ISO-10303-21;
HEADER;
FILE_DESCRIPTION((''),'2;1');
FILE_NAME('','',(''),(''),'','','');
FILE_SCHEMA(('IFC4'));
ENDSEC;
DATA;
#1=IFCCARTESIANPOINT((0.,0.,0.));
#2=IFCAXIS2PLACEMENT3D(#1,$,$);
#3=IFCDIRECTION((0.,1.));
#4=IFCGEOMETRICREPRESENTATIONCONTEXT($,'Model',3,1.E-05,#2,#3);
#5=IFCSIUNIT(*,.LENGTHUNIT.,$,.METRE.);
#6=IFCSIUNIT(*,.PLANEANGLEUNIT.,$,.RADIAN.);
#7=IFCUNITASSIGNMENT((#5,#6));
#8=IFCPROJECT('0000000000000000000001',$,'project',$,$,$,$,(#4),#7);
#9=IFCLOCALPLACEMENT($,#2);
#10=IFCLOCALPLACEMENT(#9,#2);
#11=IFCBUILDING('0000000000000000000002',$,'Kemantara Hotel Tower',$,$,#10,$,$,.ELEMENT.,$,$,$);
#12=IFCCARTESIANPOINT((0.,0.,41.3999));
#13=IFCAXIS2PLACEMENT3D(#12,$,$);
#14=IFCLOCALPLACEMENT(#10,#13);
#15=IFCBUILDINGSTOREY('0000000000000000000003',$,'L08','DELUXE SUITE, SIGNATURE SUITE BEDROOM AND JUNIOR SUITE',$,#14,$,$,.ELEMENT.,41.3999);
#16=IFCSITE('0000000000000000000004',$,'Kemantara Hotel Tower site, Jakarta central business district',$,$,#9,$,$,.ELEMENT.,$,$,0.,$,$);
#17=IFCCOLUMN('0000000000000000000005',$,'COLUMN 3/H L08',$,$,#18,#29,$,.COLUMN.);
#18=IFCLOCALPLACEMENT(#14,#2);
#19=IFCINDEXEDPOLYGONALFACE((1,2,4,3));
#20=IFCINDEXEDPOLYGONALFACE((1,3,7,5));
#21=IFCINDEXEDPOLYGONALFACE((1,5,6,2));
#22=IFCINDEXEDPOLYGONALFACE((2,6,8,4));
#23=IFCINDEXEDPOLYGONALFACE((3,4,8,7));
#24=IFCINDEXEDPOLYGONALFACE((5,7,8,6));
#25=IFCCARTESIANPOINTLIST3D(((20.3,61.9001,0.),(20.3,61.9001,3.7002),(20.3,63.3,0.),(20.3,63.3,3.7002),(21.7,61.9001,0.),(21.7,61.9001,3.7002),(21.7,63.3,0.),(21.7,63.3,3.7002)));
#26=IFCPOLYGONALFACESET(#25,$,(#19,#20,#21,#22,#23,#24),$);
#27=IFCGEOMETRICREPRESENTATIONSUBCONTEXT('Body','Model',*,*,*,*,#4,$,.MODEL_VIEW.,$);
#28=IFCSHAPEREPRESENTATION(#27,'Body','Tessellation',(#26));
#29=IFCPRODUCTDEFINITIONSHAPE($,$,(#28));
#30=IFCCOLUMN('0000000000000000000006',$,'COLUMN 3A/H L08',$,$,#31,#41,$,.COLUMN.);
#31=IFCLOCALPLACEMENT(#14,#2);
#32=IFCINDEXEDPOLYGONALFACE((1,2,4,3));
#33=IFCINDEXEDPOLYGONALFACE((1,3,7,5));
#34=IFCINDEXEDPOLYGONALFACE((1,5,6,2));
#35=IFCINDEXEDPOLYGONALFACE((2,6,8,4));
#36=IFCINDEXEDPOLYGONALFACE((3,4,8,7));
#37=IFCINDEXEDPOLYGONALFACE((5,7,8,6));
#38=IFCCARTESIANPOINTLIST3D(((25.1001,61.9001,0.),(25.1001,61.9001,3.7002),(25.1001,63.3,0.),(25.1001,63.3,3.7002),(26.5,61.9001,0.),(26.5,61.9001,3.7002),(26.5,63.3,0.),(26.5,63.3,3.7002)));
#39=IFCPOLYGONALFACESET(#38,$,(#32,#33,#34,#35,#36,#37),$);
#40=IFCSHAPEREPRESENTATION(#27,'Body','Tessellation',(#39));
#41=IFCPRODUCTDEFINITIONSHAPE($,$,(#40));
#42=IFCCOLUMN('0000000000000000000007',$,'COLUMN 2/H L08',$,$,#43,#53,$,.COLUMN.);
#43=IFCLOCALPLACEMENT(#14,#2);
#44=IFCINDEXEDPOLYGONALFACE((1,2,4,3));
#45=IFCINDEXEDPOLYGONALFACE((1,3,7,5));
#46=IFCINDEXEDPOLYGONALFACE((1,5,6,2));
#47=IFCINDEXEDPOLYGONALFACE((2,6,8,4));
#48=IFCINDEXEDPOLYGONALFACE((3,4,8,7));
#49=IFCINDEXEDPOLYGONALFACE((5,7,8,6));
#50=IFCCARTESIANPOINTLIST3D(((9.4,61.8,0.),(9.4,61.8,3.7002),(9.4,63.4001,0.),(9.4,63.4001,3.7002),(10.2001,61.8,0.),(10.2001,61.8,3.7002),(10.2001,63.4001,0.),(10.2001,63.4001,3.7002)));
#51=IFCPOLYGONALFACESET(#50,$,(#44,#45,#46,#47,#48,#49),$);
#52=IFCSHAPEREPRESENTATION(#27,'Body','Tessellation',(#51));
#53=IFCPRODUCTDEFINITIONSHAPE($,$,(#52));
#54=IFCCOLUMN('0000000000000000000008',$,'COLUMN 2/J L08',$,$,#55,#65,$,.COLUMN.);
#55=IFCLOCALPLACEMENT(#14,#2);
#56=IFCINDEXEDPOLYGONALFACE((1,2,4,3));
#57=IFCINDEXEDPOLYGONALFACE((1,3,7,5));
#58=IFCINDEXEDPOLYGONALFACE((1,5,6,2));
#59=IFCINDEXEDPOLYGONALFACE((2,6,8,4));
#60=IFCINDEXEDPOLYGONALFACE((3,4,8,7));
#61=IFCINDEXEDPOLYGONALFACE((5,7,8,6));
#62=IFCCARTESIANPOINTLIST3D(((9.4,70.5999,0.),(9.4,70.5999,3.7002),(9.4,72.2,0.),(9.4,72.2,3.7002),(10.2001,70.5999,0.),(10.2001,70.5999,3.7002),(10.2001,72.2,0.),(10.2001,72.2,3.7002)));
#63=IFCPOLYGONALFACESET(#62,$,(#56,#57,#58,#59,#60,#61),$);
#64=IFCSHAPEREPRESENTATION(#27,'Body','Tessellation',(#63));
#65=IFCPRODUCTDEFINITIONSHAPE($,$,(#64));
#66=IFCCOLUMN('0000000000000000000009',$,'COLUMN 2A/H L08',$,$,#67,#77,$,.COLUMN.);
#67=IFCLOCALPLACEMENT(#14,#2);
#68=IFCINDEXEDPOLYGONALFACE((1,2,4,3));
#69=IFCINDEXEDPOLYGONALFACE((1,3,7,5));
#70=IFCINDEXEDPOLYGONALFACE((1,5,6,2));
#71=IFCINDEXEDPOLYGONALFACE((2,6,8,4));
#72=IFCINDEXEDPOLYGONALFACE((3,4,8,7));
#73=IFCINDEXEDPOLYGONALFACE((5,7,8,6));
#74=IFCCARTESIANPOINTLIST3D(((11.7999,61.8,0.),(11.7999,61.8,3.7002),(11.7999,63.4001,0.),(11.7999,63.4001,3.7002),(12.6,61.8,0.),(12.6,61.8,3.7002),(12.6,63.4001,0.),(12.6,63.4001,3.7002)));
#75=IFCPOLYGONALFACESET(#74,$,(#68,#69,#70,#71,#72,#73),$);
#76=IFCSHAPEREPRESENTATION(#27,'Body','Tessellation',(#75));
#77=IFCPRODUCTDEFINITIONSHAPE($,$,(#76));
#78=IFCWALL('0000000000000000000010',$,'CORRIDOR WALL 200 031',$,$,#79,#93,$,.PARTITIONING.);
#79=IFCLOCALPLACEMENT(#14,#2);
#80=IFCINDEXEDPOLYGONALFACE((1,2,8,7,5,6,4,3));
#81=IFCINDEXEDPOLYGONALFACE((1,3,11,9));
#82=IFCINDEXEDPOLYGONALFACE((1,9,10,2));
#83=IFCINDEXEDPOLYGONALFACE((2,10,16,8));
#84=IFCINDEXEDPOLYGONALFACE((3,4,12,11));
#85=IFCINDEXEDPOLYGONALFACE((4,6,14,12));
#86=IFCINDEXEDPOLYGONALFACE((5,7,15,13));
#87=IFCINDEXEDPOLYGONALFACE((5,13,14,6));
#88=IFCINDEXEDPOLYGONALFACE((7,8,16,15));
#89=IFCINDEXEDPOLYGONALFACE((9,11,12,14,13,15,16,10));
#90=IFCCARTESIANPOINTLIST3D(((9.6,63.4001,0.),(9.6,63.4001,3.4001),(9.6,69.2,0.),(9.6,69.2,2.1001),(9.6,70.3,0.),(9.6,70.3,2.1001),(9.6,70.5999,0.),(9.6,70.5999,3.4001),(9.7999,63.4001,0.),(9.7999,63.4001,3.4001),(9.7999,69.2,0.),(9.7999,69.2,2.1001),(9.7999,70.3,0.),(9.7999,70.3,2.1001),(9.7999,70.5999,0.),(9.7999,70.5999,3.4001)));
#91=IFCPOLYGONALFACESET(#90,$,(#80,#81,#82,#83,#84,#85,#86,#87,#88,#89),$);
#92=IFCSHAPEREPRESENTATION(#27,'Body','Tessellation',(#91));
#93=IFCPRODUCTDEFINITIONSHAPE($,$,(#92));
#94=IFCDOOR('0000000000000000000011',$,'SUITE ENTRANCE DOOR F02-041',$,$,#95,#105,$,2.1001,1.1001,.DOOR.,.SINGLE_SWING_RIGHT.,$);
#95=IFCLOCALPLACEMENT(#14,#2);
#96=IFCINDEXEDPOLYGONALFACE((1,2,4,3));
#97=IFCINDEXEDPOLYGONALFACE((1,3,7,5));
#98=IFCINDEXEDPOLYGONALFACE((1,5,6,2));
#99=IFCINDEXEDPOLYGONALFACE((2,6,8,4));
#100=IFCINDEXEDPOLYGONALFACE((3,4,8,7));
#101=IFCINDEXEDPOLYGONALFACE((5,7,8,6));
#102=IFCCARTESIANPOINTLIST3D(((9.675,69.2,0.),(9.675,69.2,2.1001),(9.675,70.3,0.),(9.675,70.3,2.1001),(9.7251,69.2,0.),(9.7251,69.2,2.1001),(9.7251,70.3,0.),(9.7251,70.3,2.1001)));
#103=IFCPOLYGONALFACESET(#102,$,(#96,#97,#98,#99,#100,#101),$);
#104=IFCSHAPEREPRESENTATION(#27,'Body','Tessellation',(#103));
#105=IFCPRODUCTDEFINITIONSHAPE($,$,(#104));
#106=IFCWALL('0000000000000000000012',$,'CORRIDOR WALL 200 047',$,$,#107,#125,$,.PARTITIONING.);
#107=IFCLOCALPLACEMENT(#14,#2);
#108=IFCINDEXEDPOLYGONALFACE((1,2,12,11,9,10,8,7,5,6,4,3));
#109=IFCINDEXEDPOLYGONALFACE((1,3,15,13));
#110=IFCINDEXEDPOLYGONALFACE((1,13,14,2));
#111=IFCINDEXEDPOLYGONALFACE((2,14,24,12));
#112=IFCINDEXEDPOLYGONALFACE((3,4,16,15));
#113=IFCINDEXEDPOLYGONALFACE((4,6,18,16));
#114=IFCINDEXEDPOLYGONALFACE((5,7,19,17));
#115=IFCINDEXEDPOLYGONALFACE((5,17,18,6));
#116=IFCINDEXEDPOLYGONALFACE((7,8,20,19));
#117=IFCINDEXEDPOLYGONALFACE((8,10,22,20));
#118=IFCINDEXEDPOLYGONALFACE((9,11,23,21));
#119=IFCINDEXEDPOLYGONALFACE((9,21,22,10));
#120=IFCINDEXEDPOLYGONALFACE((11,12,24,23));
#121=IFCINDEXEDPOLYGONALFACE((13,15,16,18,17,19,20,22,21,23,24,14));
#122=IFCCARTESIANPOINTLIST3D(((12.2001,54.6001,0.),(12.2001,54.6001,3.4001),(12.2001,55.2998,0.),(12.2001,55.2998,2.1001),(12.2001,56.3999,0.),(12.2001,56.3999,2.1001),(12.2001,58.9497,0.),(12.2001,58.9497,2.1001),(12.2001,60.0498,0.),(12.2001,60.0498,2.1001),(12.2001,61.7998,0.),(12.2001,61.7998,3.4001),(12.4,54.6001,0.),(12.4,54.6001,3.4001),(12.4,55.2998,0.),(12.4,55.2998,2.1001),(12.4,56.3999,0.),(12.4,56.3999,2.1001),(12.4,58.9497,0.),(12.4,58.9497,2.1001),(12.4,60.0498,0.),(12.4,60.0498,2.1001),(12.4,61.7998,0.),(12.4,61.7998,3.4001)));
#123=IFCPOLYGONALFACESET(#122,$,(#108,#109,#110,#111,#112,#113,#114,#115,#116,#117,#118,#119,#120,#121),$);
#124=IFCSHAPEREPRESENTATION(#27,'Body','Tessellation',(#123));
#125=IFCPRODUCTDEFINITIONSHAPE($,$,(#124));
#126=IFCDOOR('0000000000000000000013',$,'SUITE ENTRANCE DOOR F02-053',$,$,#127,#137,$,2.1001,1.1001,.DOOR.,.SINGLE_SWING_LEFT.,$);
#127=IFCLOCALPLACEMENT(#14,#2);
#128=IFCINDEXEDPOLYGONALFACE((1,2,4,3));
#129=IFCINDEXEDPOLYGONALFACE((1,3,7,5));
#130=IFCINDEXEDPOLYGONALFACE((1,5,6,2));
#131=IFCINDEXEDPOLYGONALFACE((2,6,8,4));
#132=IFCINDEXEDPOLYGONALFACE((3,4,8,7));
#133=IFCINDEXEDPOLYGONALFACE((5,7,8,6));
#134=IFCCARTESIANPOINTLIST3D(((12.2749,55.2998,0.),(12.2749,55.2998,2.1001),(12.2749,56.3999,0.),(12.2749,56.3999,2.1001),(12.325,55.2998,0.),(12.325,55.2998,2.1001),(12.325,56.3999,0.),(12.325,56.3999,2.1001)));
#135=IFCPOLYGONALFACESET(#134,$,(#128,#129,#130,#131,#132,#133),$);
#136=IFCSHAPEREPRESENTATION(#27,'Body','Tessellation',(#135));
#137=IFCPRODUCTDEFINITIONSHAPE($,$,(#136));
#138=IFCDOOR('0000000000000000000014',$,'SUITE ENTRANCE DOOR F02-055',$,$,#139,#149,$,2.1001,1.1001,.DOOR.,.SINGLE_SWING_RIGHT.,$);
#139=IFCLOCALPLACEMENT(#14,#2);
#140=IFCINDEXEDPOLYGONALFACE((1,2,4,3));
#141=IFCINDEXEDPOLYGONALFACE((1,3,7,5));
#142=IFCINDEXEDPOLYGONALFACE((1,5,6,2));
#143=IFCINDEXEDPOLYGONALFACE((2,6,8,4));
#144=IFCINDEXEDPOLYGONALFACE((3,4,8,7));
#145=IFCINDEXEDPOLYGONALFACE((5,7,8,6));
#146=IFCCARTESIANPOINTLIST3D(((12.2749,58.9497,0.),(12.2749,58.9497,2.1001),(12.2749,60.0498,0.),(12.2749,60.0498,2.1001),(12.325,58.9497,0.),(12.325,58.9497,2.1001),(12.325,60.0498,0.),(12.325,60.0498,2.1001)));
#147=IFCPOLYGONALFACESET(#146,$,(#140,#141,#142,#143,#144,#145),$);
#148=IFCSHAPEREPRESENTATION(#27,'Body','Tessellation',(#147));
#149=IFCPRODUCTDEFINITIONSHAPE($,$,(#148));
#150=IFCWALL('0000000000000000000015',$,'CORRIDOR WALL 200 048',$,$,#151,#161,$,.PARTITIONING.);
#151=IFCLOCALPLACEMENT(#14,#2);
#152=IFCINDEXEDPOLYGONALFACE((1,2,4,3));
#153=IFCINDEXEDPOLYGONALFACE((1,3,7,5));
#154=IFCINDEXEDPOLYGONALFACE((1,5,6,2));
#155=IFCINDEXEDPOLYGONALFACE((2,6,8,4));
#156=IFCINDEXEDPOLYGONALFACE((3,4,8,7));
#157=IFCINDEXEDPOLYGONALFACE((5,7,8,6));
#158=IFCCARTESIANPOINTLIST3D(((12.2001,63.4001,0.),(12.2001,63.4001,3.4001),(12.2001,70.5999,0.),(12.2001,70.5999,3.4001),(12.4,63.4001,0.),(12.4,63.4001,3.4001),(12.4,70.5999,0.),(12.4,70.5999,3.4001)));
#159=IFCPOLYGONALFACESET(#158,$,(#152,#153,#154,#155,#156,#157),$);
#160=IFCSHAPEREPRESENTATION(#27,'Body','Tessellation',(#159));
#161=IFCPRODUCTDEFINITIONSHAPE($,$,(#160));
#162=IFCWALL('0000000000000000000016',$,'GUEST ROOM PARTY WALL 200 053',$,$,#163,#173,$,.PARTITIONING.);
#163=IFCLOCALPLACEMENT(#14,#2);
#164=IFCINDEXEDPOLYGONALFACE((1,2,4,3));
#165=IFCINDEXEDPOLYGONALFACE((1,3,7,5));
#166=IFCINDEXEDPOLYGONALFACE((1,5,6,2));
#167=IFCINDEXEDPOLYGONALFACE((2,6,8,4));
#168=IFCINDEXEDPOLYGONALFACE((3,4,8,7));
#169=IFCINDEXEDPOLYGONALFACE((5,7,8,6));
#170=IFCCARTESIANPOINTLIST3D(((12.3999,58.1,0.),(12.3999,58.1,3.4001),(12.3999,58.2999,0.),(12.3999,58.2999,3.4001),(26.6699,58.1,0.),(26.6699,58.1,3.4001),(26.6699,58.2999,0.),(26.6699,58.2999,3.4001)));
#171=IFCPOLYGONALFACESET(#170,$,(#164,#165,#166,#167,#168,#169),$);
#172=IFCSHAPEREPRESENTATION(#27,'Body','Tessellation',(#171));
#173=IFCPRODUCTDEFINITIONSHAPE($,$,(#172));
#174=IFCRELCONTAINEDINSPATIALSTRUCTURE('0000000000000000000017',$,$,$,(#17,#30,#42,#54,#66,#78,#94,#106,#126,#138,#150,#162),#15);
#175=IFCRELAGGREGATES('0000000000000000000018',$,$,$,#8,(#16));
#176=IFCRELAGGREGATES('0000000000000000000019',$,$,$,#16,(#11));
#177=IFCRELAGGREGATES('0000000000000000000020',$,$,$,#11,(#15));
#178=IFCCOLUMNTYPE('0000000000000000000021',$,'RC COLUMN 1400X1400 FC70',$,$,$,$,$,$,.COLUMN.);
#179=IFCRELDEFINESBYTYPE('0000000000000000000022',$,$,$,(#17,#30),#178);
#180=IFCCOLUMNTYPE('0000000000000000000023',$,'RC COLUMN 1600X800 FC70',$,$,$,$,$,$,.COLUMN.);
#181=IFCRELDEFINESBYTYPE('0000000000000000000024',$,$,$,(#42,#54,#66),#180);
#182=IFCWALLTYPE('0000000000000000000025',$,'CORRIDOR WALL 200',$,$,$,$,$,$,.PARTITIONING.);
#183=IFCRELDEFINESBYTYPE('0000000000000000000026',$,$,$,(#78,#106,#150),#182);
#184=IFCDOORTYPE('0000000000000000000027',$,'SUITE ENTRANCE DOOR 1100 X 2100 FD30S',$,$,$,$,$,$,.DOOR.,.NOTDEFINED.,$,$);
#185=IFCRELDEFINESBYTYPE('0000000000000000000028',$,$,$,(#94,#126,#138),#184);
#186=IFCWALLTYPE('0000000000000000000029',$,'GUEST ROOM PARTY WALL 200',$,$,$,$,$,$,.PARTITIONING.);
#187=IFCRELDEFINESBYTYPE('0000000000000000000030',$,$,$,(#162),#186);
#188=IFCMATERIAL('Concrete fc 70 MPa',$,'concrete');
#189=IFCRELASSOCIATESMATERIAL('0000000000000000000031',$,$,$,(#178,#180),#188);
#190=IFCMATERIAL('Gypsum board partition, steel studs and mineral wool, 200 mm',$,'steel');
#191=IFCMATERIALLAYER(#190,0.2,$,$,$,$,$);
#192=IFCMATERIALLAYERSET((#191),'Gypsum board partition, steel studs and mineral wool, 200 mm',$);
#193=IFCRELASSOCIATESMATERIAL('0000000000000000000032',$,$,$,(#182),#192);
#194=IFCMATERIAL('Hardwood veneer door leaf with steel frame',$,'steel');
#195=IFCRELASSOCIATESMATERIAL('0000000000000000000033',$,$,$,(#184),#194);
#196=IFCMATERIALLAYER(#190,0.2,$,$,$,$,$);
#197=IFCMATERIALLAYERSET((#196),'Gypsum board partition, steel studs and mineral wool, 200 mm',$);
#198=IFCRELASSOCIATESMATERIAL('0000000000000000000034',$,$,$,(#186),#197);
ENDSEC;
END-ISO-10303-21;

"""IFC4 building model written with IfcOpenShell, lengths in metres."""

from ifc_helpers import new_model, si_unit, direction, frame, frame_2d, origin, origin_2d, place, context, subcontext, project, spatial, rectangle, extrude, material, layer, layer_set, material_profile, profile_set, type_object, element, fill, save


model = new_model("IFC4")

# Units and contexts
model_context = context("Model", 3, precision=1e-05, world=origin(), true_north=direction((0.0, 1.0)))
body_context = subcontext(model_context, "Body", "Model", "MODEL_VIEW")
ifc_project = project(units=[si_unit("LENGTHUNIT", "METRE"), si_unit("PLANEANGLEUNIT", "RADIAN")], contexts=[model_context])

# Site, building, storey
site_placement = place(None, origin())
site = spatial("IfcSite", under=ifc_project, at=site_placement, Name="Kemantara Hotel Tower site, Jakarta central business district", CompositionType="ELEMENT", RefElevation=0.0)
building_placement = place(site_placement, origin())
building = spatial("IfcBuilding", under=site, at=building_placement, Name="Kemantara Hotel Tower", CompositionType="ELEMENT")
storey_placement = place(building_placement, frame((0.0, 0.0, 41.3999)))
storey = spatial("IfcBuildingStorey", under=building, at=storey_placement, Name="L08", Description="DELUXE SUITE, SIGNATURE SUITE BEDROOM AND JUNIOR SUITE", CompositionType="ELEMENT", Elevation=41.3999)

# Columns
ifc_material_1 = material(Name="Concrete fc 70 MPa", Category="concrete")
ifc_material_profile_1 = material_profile(ifc_material_1, rectangle(XDim=1.3999, YDim=1.3999, at=origin_2d()), Name="RC 1400X1400")
ifc_profile_set_1 = profile_set([ifc_material_profile_1], Name="Concrete fc 70 MPa")
column_type_1 = type_object("IfcColumnType", Name="RC COLUMN 1400X1400 FC70", PredefinedType="COLUMN", material=ifc_profile_set_1)
for number, where, z_axis, x_axis, name in (
    (1, (21.0, 62.6001, 0.0), (0.0, 0.0, 1.0), (1.0, 0.0, 0.0), "COLUMN 3/H L08"),
    (2, (25.8, 62.6001, 0.0), (0.0, 0.0, 1.0), (1.0, 0.0, 0.0), "COLUMN 3A/H L08"),
):
    element("IfcColumn", number, at=place(storey_placement, frame(where, z_axis=z_axis, x_axis=x_axis)), inside=storey, type_object=column_type_1, Name=name, PredefinedType="COLUMN", context=body_context, shape_type="SweptSolid", body=[
        extrude(rectangle(XDim=1.3999, YDim=1.3999, at=origin_2d()), origin(), (0.0, 0.0, 1.0), 3.7002),
    ])
ifc_material_profile_2 = material_profile(ifc_material_1, rectangle(XDim=1.6001, YDim=0.8, at=origin_2d()), Name="RC 1600X800")
ifc_profile_set_2 = profile_set([ifc_material_profile_2], Name="Concrete fc 70 MPa")
column_type_2 = type_object("IfcColumnType", Name="RC COLUMN 1600X800 FC70", PredefinedType="COLUMN", material=ifc_profile_set_2)
for number, where, z_axis, x_axis, name in (
    (3, (9.8, 62.6001, 0.0), (0.0, 0.0, 1.0), (0.0, 1.0, 0.0), "COLUMN 2/H L08"),
    (4, (9.8, 71.3999, 0.0), (0.0, 0.0, 1.0), (0.0, 1.0, 0.0), "COLUMN 2/J L08"),
    (5, (12.2, 62.6001, 0.0), (0.0, 0.0, 1.0), (0.0, 1.0, 0.0), "COLUMN 2A/H L08"),
):
    element("IfcColumn", number, at=place(storey_placement, frame(where, z_axis=z_axis, x_axis=x_axis)), inside=storey, type_object=column_type_2, Name=name, PredefinedType="COLUMN", context=body_context, shape_type="SweptSolid", body=[
        extrude(rectangle(XDim=1.6001, YDim=0.8, at=origin_2d()), origin(), (0.0, 0.0, 1.0), 3.7002),
    ])

# Wall, opening, door
ifc_material_2 = material(Name="Gypsum board partition, steel studs and mineral wool, 200 mm", Category="steel")
ifc_layer_1 = layer(ifc_material_2, 0.2)
ifc_layer_set_1 = layer_set([ifc_layer_1], Name="Gypsum board partition, steel studs and mineral wool, 200 mm")
wall_type_1 = type_object("IfcWallType", Name="CORRIDOR WALL 200", PredefinedType="PARTITIONING", material=ifc_layer_set_1)
wall_1_placement = place(storey_placement, frame((9.7, 63.4001, 0.0), z_axis=(0.0, 0.0, 1.0), x_axis=(0.0, 1.0, 0.0)))
wall_1 = element("IfcWall", 6, at=wall_1_placement, inside=storey, type_object=wall_type_1, Name="CORRIDOR WALL 200 031", PredefinedType="PARTITIONING", context=body_context, shape_type="SweptSolid", body=[
    extrude(rectangle(XDim=7.1997, YDim=0.2, at=frame_2d((3.5999, 0.0))), origin(), (0.0, 0.0, 1.0), 3.4001),
])
opening_1_placement = place(wall_1_placement, frame((5.7998, 0.0, 0.0)))
opening_1 = element("IfcOpeningElement", 7, at=opening_1_placement, cuts=wall_1, PredefinedType="OPENING", context=body_context, shape_type="SweptSolid", body=[
    extrude(rectangle(XDim=1.1001, YDim=2.1001, at=frame_2d((0.55, 1.05))), frame((0.0, 0.1099, 0.0), z_axis=(0.0, -1.0, 0.0), x_axis=(1.0, 0.0, 0.0)), (0.0, 0.0, 1.0), 0.22),
])
ifc_material_3 = material(Name="Hardwood veneer door leaf with steel frame", Category="steel")
door_type_1 = type_object("IfcDoorType", Name="SUITE ENTRANCE DOOR 1100 X 2100 FD30S", OperationType="NOTDEFINED", PredefinedType="DOOR", material=ifc_material_3)
door_1_placement = place(opening_1_placement, origin())
door_1 = element("IfcDoor", 8, at=door_1_placement, inside=storey, type_object=door_type_1, Name="SUITE ENTRANCE DOOR F02-041", OperationType="SINGLE_SWING_RIGHT", OverallHeight=2.1001, OverallWidth=1.1001, PredefinedType="DOOR", context=body_context, shape_type="SweptSolid", body=[
    extrude(rectangle(XDim=1.1001, YDim=2.1001, at=frame_2d((0.55, 1.05))), frame((0.0, 0.0249, 0.0), z_axis=(0.0, -1.0, 0.0), x_axis=(1.0, 0.0, 0.0)), (0.0, 0.0, 1.0), 0.05),
])
fill(opening_1, door_1)

# Wall, openings, doors
wall_2_placement = place(storey_placement, frame((12.3, 61.7998, 0.0), z_axis=(0.0, 0.0, 1.0), x_axis=(0.0, -1.0, 0.0)))
wall_2 = element("IfcWall", 9, at=wall_2_placement, inside=storey, type_object=wall_type_1, Name="CORRIDOR WALL 200 047", PredefinedType="PARTITIONING", context=body_context, shape_type="SweptSolid", body=[
    extrude(rectangle(XDim=7.1997, YDim=0.2, at=frame_2d((3.5999, 0.0))), origin(), (0.0, 0.0, 1.0), 3.4001),
])
opening_2_placement = place(wall_2_placement, frame((5.3999, 0.0, 0.0)))
opening_2 = element("IfcOpeningElement", 10, at=opening_2_placement, cuts=wall_2, PredefinedType="OPENING", context=body_context, shape_type="SweptSolid", body=[
    extrude(rectangle(XDim=1.1001, YDim=2.1001, at=frame_2d((0.55, 1.05))), frame((0.0, 0.1099, 0.0), z_axis=(0.0, -1.0, 0.0), x_axis=(1.0, 0.0, 0.0)), (0.0, 0.0, 1.0), 0.22),
])
opening_3_placement = place(wall_2_placement, frame((1.75, 0.0, 0.0)))
opening_3 = element("IfcOpeningElement", 11, at=opening_3_placement, cuts=wall_2, PredefinedType="OPENING", context=body_context, shape_type="SweptSolid", body=[
    extrude(rectangle(XDim=1.1001, YDim=2.1001, at=frame_2d((0.55, 1.05))), frame((0.0, 0.1099, 0.0), z_axis=(0.0, -1.0, 0.0), x_axis=(1.0, 0.0, 0.0)), (0.0, 0.0, 1.0), 0.22),
])
door_2_placement = place(opening_2_placement, origin())
door_2 = element("IfcDoor", 12, at=door_2_placement, inside=storey, type_object=door_type_1, Name="SUITE ENTRANCE DOOR F02-053", OperationType="SINGLE_SWING_LEFT", OverallHeight=2.1001, OverallWidth=1.1001, PredefinedType="DOOR", context=body_context, shape_type="SweptSolid", body=[
    extrude(rectangle(XDim=1.1001, YDim=2.1001, at=frame_2d((0.55, 1.05))), frame((0.0, 0.0249, 0.0), z_axis=(0.0, -1.0, 0.0), x_axis=(1.0, 0.0, 0.0)), (0.0, 0.0, 1.0), 0.05),
])
fill(opening_2, door_2)
door_3_placement = place(opening_3_placement, origin())
door_3 = element("IfcDoor", 13, at=door_3_placement, inside=storey, type_object=door_type_1, Name="SUITE ENTRANCE DOOR F02-055", OperationType="SINGLE_SWING_RIGHT", OverallHeight=2.1001, OverallWidth=1.1001, PredefinedType="DOOR", context=body_context, shape_type="SweptSolid", body=[
    extrude(rectangle(XDim=1.1001, YDim=2.1001, at=frame_2d((0.55, 1.05))), frame((0.0, 0.0249, 0.0), z_axis=(0.0, -1.0, 0.0), x_axis=(1.0, 0.0, 0.0)), (0.0, 0.0, 1.0), 0.05),
])
fill(opening_3, door_3)

# Walls
wall_3_placement = place(storey_placement, frame((12.3, 63.4001, 0.0), z_axis=(0.0, 0.0, 1.0), x_axis=(0.0, 1.0, 0.0)))
element("IfcWall", 14, at=wall_3_placement, inside=storey, type_object=wall_type_1, Name="CORRIDOR WALL 200 048", PredefinedType="PARTITIONING", context=body_context, shape_type="SweptSolid", body=[
    extrude(rectangle(XDim=7.1997, YDim=0.2, at=frame_2d((3.5999, 0.0))), origin(), (0.0, 0.0, 1.0), 3.4001),
])
ifc_layer_2 = layer(ifc_material_2, 0.2)
ifc_layer_set_2 = layer_set([ifc_layer_2], Name="Gypsum board partition, steel studs and mineral wool, 200 mm")
wall_type_2 = type_object("IfcWallType", Name="GUEST ROOM PARTY WALL 200", PredefinedType="PARTITIONING", material=ifc_layer_set_2)
wall_4_placement = place(storey_placement, frame((12.3999, 58.2, 0.0), z_axis=(0.0, 0.0, 1.0), x_axis=(1.0, 0.0, 0.0)))
element("IfcWall", 15, at=wall_4_placement, inside=storey, type_object=wall_type_2, Name="GUEST ROOM PARTY WALL 200 053", PredefinedType="PARTITIONING", context=body_context, shape_type="SweptSolid", body=[
    extrude(rectangle(XDim=14.27, YDim=0.2, at=frame_2d((7.135, 0.0))), origin(), (0.0, 0.0, 1.0), 3.4001),
])

save(model, "model.ifc")
